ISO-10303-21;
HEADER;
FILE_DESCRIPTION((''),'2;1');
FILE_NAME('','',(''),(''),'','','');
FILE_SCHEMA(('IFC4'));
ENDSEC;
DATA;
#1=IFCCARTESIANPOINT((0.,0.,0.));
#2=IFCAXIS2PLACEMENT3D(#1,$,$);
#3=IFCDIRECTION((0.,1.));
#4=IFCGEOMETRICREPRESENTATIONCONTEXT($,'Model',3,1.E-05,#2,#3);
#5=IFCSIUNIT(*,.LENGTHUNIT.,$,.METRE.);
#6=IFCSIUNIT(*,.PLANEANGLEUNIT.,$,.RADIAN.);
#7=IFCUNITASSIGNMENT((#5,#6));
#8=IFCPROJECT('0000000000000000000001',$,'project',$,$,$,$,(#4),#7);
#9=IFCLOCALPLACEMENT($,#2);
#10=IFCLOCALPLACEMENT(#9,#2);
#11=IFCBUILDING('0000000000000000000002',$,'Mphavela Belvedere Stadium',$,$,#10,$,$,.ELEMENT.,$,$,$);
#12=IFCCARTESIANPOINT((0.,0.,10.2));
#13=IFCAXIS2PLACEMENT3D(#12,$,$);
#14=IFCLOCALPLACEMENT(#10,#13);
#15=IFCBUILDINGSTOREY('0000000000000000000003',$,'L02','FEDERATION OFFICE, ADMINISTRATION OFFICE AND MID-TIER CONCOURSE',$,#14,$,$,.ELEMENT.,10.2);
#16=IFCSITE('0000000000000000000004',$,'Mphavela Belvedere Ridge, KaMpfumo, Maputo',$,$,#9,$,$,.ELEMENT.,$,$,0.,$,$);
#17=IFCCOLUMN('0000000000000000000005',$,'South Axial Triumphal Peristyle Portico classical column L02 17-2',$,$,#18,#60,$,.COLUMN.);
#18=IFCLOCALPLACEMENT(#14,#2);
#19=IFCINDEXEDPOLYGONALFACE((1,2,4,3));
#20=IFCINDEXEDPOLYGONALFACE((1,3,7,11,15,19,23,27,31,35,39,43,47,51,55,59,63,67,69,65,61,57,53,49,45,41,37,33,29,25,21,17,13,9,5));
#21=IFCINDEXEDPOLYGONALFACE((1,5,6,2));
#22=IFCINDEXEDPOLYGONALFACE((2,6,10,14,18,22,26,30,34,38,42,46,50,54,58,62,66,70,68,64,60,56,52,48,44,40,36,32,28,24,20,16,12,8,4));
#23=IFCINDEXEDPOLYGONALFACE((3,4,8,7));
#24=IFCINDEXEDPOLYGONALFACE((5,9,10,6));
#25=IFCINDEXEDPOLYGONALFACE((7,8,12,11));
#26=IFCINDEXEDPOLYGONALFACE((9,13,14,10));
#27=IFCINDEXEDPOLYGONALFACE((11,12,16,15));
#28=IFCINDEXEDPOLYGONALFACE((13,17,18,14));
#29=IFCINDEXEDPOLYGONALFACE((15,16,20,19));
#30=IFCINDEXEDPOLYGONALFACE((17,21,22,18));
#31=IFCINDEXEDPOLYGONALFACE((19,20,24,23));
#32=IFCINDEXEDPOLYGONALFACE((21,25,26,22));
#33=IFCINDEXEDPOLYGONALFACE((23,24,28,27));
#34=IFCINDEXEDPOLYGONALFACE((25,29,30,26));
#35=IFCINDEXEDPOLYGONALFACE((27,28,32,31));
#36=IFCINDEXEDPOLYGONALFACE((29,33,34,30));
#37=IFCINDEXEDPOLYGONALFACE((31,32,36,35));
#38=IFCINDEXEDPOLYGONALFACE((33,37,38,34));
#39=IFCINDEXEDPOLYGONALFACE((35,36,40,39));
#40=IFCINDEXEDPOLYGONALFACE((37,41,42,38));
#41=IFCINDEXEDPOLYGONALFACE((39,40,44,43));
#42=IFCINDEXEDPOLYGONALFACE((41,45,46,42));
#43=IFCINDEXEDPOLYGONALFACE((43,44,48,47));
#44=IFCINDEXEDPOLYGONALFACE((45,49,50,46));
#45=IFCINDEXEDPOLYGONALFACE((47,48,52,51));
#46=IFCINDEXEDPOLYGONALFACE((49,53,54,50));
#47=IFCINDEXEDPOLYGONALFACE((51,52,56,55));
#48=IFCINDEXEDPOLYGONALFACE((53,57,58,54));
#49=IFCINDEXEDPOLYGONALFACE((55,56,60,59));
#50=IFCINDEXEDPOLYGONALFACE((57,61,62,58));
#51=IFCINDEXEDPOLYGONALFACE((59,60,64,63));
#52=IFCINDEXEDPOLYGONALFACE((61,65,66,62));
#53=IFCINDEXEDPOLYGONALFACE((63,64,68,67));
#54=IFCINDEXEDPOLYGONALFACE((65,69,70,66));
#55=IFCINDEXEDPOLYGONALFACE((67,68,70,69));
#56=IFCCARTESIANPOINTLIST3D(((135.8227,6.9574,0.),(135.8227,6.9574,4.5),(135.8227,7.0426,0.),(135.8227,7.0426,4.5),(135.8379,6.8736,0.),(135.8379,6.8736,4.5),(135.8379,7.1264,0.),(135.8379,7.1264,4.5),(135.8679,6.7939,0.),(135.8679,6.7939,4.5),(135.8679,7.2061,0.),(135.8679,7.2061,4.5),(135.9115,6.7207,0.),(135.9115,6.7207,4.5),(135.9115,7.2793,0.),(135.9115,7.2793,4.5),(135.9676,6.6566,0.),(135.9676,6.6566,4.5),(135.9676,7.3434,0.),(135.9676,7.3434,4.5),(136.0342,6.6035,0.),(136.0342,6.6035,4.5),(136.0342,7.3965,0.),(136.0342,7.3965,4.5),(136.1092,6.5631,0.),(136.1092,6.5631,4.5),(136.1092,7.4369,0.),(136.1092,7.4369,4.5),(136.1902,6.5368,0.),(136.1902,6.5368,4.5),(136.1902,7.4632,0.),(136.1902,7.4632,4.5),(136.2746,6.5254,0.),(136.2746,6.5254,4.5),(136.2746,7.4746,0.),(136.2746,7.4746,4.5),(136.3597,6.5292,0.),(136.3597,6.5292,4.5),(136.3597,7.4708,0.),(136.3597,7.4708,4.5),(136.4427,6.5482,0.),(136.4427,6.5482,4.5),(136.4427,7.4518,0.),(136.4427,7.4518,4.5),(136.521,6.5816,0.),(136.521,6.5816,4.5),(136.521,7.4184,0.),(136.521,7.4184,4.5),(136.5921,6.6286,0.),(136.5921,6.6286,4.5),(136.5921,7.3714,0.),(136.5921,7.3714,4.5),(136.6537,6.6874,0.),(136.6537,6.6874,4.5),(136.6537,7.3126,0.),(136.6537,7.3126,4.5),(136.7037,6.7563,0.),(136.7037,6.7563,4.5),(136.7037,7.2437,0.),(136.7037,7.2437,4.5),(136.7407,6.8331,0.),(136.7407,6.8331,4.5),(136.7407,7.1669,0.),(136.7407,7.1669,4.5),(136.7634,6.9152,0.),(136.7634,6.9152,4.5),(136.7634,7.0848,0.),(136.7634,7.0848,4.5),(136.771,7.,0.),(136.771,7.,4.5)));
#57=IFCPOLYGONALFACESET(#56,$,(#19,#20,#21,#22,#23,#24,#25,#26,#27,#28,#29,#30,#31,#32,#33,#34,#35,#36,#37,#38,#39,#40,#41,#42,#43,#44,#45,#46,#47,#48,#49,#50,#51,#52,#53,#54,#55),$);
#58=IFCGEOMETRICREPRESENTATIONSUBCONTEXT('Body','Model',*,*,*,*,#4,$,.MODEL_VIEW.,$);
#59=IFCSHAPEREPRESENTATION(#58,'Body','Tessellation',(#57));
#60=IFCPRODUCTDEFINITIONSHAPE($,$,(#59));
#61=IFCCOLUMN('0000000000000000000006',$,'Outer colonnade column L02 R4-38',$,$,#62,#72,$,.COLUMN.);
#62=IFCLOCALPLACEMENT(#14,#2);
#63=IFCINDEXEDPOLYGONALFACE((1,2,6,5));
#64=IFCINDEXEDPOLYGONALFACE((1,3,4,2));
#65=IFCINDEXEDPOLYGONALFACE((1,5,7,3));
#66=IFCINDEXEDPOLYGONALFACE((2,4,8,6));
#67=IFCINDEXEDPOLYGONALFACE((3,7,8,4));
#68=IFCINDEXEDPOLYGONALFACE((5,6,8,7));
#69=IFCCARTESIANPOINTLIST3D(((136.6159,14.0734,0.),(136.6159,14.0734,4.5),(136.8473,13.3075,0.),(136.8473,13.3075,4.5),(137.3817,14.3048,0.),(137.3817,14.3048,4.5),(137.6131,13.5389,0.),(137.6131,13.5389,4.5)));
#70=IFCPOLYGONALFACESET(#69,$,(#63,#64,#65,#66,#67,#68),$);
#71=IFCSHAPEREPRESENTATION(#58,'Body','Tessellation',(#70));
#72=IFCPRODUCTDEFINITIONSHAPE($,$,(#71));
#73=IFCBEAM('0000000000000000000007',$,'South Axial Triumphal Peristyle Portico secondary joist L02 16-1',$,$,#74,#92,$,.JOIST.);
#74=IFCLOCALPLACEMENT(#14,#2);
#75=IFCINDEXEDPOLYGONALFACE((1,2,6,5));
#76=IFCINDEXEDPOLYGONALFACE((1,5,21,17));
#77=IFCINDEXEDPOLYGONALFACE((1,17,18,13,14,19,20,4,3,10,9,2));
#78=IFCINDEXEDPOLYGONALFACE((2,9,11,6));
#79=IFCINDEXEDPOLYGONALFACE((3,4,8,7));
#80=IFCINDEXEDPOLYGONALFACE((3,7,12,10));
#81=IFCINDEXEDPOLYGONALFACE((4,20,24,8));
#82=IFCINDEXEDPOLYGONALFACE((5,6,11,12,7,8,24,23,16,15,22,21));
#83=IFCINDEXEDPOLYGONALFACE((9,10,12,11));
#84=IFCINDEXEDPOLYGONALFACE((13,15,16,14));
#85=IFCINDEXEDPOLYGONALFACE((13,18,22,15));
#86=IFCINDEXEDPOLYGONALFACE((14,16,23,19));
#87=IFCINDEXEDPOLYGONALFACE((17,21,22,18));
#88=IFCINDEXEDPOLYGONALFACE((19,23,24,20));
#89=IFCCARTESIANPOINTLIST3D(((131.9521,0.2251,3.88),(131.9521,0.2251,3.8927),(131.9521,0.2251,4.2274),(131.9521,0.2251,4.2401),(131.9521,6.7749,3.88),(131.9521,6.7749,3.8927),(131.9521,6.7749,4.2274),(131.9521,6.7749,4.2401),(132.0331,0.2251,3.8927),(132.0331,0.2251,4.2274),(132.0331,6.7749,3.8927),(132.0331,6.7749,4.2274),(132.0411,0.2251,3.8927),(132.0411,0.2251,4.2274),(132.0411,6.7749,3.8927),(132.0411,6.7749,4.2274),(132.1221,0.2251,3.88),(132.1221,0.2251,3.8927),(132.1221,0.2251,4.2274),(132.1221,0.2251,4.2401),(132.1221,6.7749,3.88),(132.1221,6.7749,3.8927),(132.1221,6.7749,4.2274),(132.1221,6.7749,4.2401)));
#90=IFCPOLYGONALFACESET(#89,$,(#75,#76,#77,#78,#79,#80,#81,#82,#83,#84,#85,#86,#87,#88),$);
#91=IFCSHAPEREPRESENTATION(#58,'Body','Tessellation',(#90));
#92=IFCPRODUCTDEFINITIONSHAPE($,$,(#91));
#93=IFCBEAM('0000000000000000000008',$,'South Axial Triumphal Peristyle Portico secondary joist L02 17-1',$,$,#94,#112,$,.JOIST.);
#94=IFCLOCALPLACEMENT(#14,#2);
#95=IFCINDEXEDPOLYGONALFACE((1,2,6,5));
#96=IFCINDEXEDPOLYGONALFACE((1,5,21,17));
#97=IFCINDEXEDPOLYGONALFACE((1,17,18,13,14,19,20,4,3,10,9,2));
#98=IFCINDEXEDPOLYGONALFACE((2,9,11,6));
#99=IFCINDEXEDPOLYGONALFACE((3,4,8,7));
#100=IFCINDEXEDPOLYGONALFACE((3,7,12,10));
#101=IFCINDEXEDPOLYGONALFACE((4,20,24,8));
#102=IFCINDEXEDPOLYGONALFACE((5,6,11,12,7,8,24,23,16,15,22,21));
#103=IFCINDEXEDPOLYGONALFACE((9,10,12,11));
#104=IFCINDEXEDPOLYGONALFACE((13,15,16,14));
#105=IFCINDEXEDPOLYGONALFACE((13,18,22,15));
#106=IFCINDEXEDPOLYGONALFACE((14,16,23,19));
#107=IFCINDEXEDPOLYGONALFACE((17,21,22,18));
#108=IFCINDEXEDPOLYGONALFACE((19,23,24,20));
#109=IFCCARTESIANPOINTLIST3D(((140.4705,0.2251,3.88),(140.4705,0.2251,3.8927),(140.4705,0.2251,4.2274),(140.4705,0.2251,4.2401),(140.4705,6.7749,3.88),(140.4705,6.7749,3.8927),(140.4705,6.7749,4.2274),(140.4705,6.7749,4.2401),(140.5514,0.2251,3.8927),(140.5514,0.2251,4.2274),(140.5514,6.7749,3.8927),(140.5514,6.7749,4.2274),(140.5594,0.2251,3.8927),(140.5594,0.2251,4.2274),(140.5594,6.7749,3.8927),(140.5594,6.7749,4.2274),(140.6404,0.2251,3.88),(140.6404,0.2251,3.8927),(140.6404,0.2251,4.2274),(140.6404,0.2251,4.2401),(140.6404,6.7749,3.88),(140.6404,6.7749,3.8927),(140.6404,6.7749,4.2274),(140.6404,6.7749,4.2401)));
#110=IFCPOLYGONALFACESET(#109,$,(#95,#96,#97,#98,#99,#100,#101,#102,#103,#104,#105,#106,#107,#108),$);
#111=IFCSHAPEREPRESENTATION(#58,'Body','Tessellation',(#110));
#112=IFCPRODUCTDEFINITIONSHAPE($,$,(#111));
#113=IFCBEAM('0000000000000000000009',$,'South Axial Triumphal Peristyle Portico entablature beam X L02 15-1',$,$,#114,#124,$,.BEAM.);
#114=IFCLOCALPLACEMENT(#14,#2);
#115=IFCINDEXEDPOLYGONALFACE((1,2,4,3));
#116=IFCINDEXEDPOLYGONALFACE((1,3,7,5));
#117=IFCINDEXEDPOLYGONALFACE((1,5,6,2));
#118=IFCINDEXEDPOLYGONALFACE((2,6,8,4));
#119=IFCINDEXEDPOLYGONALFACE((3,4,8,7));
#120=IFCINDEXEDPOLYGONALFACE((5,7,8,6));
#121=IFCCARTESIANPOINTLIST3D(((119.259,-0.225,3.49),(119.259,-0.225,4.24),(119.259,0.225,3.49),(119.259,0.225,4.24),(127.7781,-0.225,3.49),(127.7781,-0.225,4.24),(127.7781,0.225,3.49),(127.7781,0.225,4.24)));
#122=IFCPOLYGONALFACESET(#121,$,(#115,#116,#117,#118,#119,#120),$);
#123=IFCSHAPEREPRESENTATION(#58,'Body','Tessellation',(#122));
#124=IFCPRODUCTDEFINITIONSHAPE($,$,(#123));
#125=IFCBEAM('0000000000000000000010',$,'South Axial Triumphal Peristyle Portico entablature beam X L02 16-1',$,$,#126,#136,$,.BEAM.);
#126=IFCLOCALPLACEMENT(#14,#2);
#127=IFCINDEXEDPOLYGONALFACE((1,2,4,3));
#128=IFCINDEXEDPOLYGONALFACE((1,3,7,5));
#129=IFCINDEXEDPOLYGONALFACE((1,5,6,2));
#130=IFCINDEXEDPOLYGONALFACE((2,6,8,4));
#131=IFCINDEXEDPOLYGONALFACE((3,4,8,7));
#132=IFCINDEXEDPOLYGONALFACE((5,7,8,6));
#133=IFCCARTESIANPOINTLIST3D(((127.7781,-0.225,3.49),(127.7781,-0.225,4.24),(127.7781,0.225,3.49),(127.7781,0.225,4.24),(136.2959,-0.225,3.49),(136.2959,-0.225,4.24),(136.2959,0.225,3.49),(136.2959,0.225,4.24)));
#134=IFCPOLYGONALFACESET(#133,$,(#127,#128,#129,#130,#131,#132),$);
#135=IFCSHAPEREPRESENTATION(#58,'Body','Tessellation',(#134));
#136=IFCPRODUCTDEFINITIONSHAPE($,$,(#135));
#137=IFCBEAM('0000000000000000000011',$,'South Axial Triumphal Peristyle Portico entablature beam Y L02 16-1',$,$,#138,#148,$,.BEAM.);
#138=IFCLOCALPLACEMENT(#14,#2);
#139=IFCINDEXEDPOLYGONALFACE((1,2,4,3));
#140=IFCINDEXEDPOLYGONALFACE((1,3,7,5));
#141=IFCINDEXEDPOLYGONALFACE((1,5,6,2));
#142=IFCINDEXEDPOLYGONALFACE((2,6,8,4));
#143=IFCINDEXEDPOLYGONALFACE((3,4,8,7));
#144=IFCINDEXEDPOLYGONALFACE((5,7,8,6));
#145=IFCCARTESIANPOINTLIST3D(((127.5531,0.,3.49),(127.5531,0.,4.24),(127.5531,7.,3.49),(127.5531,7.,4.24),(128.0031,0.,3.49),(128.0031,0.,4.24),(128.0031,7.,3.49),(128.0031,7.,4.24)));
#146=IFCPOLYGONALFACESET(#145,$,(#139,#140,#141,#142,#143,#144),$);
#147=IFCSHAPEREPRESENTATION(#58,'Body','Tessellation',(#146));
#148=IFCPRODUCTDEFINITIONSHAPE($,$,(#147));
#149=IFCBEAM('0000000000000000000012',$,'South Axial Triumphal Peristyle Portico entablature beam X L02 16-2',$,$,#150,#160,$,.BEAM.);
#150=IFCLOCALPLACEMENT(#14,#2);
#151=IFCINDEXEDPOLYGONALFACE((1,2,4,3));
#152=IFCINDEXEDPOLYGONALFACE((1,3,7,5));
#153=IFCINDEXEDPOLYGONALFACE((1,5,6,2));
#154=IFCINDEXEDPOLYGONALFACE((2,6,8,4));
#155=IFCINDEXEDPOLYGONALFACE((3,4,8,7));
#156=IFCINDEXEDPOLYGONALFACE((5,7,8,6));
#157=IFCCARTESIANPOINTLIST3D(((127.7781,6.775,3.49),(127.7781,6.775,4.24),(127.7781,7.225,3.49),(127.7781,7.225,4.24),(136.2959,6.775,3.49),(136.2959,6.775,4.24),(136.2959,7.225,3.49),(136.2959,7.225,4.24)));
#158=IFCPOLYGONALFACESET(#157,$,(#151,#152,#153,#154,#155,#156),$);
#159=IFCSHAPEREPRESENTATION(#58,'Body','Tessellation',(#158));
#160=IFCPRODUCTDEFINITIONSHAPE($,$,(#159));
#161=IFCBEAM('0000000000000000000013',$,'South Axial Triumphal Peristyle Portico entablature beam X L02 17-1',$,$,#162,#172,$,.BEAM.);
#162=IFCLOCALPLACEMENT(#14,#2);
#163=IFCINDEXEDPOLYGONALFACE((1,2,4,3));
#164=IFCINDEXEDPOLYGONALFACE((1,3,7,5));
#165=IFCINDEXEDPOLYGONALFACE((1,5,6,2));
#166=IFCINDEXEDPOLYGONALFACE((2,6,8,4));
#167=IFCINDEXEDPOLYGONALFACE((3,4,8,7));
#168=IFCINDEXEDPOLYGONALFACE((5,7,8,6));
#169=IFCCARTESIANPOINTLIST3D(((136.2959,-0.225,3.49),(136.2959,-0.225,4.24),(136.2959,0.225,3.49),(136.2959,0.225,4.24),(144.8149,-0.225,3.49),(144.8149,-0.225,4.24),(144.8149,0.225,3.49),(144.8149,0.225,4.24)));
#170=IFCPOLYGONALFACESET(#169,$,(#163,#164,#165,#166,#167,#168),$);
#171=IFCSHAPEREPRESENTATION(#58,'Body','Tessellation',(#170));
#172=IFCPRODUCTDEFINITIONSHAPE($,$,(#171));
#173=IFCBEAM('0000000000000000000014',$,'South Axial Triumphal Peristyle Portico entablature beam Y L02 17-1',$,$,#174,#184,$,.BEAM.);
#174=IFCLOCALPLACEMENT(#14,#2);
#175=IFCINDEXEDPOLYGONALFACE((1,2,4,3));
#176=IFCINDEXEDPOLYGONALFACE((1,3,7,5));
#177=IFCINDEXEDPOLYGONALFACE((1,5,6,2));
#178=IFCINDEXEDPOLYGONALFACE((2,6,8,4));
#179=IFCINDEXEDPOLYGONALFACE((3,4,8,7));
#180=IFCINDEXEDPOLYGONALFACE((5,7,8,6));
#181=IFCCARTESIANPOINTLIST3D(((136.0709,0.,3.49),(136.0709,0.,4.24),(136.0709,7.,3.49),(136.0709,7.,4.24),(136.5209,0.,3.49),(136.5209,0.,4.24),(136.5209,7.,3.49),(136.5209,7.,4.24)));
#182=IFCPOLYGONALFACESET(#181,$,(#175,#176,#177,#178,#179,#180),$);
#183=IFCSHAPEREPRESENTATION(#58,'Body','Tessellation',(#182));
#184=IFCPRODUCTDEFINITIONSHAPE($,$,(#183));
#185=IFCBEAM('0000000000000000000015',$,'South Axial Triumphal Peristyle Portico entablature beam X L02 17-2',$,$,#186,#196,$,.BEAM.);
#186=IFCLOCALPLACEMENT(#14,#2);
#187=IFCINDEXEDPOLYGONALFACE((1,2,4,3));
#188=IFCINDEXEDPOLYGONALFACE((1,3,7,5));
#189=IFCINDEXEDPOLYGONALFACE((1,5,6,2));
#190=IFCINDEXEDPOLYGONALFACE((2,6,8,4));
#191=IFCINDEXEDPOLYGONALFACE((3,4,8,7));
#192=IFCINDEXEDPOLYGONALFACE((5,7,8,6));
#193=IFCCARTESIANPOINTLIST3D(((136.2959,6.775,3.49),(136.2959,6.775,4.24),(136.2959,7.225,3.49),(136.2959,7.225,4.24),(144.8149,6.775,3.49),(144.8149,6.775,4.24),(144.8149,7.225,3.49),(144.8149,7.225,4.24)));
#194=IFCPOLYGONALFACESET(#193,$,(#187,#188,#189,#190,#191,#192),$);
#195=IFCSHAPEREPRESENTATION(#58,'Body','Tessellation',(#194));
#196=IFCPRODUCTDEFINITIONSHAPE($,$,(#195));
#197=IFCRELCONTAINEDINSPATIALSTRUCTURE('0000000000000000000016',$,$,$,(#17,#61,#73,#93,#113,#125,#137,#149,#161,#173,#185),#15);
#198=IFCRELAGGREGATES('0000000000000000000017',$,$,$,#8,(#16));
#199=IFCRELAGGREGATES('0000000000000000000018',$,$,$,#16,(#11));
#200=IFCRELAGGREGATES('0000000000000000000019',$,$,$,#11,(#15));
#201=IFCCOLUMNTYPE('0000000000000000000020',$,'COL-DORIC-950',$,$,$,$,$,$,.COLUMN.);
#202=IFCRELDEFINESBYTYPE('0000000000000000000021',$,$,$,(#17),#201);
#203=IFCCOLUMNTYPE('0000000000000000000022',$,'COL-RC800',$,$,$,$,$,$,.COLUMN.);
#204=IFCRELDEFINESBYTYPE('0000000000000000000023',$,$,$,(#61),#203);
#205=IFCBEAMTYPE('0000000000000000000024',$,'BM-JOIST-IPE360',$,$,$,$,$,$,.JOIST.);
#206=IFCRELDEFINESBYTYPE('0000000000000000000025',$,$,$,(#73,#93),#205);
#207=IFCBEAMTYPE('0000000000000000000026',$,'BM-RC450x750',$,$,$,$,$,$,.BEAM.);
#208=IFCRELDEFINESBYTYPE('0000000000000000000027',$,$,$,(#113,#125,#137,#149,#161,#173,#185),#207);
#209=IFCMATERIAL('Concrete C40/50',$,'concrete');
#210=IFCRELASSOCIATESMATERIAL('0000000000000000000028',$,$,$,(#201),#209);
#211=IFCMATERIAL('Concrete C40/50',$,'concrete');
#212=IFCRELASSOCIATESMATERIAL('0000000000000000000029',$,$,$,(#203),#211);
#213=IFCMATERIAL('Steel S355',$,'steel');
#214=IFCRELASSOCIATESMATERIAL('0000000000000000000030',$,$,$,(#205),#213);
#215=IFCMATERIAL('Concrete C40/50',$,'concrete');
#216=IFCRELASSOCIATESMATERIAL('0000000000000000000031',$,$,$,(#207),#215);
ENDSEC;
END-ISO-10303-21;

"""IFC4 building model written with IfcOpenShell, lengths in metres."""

from ifc_helpers import new_model, si_unit, direction, frame, origin, origin_2d, place, context, subcontext, project, spatial, rectangle, circle, i_section, extrude, material, material_profile, profile_set, type_object, element, save


model = new_model("IFC4")

# Units and contexts
model_context = context("Model", 3, precision=1e-05, world=origin(), true_north=direction((0.0, 1.0)))
body_context = subcontext(model_context, "Body", "Model", "MODEL_VIEW")
ifc_project = project(units=[si_unit("LENGTHUNIT", "METRE"), si_unit("PLANEANGLEUNIT", "RADIAN")], contexts=[model_context])

# Site, building, storey
site_placement = place(None, origin())
site = spatial("IfcSite", under=ifc_project, at=site_placement, Name="Mphavela Belvedere Ridge, KaMpfumo, Maputo", CompositionType="ELEMENT", RefElevation=0.0)
building_placement = place(site_placement, origin())
building = spatial("IfcBuilding", under=site, at=building_placement, Name="Mphavela Belvedere Stadium", CompositionType="ELEMENT")
storey_placement = place(building_placement, frame((0.0, 0.0, 10.2)))
storey = spatial("IfcBuildingStorey", under=building, at=storey_placement, Name="L02", Description="FEDERATION OFFICE, ADMINISTRATION OFFICE AND MID-TIER CONCOURSE", CompositionType="ELEMENT", Elevation=10.2)

# Columns
ifc_material_1 = material(Name="Concrete C40/50", Category="concrete")
ifc_material_profile_1 = material_profile(ifc_material_1, circle(Radius=0.4751, at=origin_2d()), Name="COL D950")
ifc_profile_set_1 = profile_set([ifc_material_profile_1], Name="Concrete C40/50")
column_type_1 = type_object("IfcColumnType", Name="COL-DORIC-950", PredefinedType="COLUMN", material=ifc_profile_set_1)
for number, where, z_axis, x_axis, name in (
    (1, (136.2959, 7.0, 0.0), (0.0, 0.0, 1.0), (1.0, 0.0, 0.0), "South Axial Triumphal Peristyle Portico classical column L02 17-2"),
):
    element("IfcColumn", number, at=place(storey_placement, frame(where, z_axis=z_axis, x_axis=x_axis)), inside=storey, type_object=column_type_1, Name=name, PredefinedType="COLUMN", context=body_context, shape_type="SweptSolid", body=[
        extrude(circle(Radius=0.4751, at=origin_2d()), origin(), (0.0, 0.0, 1.0), 4.5),
    ])
ifc_material_2 = material(Name="Concrete C40/50", Category="concrete")
ifc_material_profile_2 = material_profile(ifc_material_2, rectangle(XDim=0.8, YDim=0.8, at=origin_2d()), Name="RC 800x800")
ifc_profile_set_2 = profile_set([ifc_material_profile_2], Name="Concrete C40/50")
column_type_2 = type_object("IfcColumnType", Name="COL-RC800", PredefinedType="COLUMN", material=ifc_profile_set_2)
column_placement = place(storey_placement, frame((137.1145, 13.8062, 0.0), z_axis=(0.0, 0.0, 1.0), x_axis=(0.289199, -0.957269, 0.0)))
element("IfcColumn", 2, at=column_placement, inside=storey, type_object=column_type_2, Name="Outer colonnade column L02 R4-38", PredefinedType="COLUMN", context=body_context, shape_type="SweptSolid", body=[
    extrude(rectangle(XDim=0.8, YDim=0.8, at=origin_2d()), origin(), (0.0, 0.0, 1.0), 4.5),
])

# Beams
ifc_material_3 = material(Name="Steel S355", Category="steel")
ifc_material_profile_3 = material_profile(ifc_material_3, i_section(OverallWidth=0.1699, OverallDepth=0.3601, WebThickness=0.0081, FlangeThickness=0.0127, at=origin_2d()), Name="IPE 360")
ifc_profile_set_3 = profile_set([ifc_material_profile_3], Name="Steel S355")
beam_type_1 = type_object("IfcBeamType", Name="BM-JOIST-IPE360", PredefinedType="JOIST", material=ifc_profile_set_3)
for number, where, z_axis, x_axis, name in (
    (3, (132.0371, 0.2251, 4.0601), (0.0, 1.0, 0.0), (-1.0, 0.0, 0.0), "South Axial Triumphal Peristyle Portico secondary joist L02 16-1"),
    (4, (140.5554, 0.2251, 4.0601), (0.0, 1.0, 0.0), (-1.0, 0.0, 0.0), "South Axial Triumphal Peristyle Portico secondary joist L02 17-1"),
):
    element("IfcBeam", number, at=place(storey_placement, frame(where, z_axis=z_axis, x_axis=x_axis)), inside=storey, type_object=beam_type_1, Name=name, PredefinedType="JOIST", context=body_context, shape_type="SweptSolid", body=[
        extrude(i_section(OverallWidth=0.1699, OverallDepth=0.3601, WebThickness=0.0081, FlangeThickness=0.0127, at=origin_2d()), origin(), (0.0, 0.0, 1.0), 6.5498),
    ])
ifc_material_4 = material(Name="Concrete C40/50", Category="concrete")
ifc_material_profile_4 = material_profile(ifc_material_4, rectangle(XDim=0.45, YDim=0.75, at=origin_2d()), Name="RC 450x750")
ifc_profile_set_4 = profile_set([ifc_material_profile_4], Name="Concrete C40/50")
beam_type_2 = type_object("IfcBeamType", Name="BM-RC450x750", PredefinedType="BEAM", material=ifc_profile_set_4)
beam_1_placement = place(storey_placement, frame((119.259, 0.0, 3.865), z_axis=(1.0, 0.0, 0.0), x_axis=(0.0, 1.0, 0.0)))
element("IfcBeam", 5, at=beam_1_placement, inside=storey, type_object=beam_type_2, Name="South Axial Triumphal Peristyle Portico entablature beam X L02 15-1", PredefinedType="BEAM", context=body_context, shape_type="SweptSolid", body=[
    extrude(rectangle(XDim=0.45, YDim=0.75, at=origin_2d()), origin(), (0.0, 0.0, 1.0), 8.519),
])
beam_2_placement = place(storey_placement, frame((127.7781, 0.0, 3.865), z_axis=(1.0, 0.0, 0.0), x_axis=(0.0, 1.0, 0.0)))
element("IfcBeam", 6, at=beam_2_placement, inside=storey, type_object=beam_type_2, Name="South Axial Triumphal Peristyle Portico entablature beam X L02 16-1", PredefinedType="BEAM", context=body_context, shape_type="SweptSolid", body=[
    extrude(rectangle(XDim=0.45, YDim=0.75, at=origin_2d()), origin(), (0.0, 0.0, 1.0), 8.5178),
])
beam_3_placement = place(storey_placement, frame((127.7781, 0.0, 3.865), z_axis=(0.0, 1.0, 0.0), x_axis=(-1.0, 0.0, 0.0)))
element("IfcBeam", 7, at=beam_3_placement, inside=storey, type_object=beam_type_2, Name="South Axial Triumphal Peristyle Portico entablature beam Y L02 16-1", PredefinedType="BEAM", context=body_context, shape_type="SweptSolid", body=[
    extrude(rectangle(XDim=0.45, YDim=0.75, at=origin_2d()), origin(), (0.0, 0.0, 1.0), 7.0),
])
beam_4_placement = place(storey_placement, frame((127.7781, 7.0, 3.865), z_axis=(1.0, 0.0, 0.0), x_axis=(0.0, 1.0, 0.0)))
element("IfcBeam", 8, at=beam_4_placement, inside=storey, type_object=beam_type_2, Name="South Axial Triumphal Peristyle Portico entablature beam X L02 16-2", PredefinedType="BEAM", context=body_context, shape_type="SweptSolid", body=[
    extrude(rectangle(XDim=0.45, YDim=0.75, at=origin_2d()), origin(), (0.0, 0.0, 1.0), 8.5178),
])
beam_5_placement = place(storey_placement, frame((136.2959, 0.0, 3.865), z_axis=(1.0, 0.0, 0.0), x_axis=(0.0, 1.0, 0.0)))
element("IfcBeam", 9, at=beam_5_placement, inside=storey, type_object=beam_type_2, Name="South Axial Triumphal Peristyle Portico entablature beam X L02 17-1", PredefinedType="BEAM", context=body_context, shape_type="SweptSolid", body=[
    extrude(rectangle(XDim=0.45, YDim=0.75, at=origin_2d()), origin(), (0.0, 0.0, 1.0), 8.519),
])
beam_6_placement = place(storey_placement, frame((136.2959, 0.0, 3.865), z_axis=(0.0, 1.0, 0.0), x_axis=(-1.0, 0.0, 0.0)))
element("IfcBeam", 10, at=beam_6_placement, inside=storey, type_object=beam_type_2, Name="South Axial Triumphal Peristyle Portico entablature beam Y L02 17-1", PredefinedType="BEAM", context=body_context, shape_type="SweptSolid", body=[
    extrude(rectangle(XDim=0.45, YDim=0.75, at=origin_2d()), origin(), (0.0, 0.0, 1.0), 7.0),
])
beam_7_placement = place(storey_placement, frame((136.2959, 7.0, 3.865), z_axis=(1.0, 0.0, 0.0), x_axis=(0.0, 1.0, 0.0)))
element("IfcBeam", 11, at=beam_7_placement, inside=storey, type_object=beam_type_2, Name="South Axial Triumphal Peristyle Portico entablature beam X L02 17-2", PredefinedType="BEAM", context=body_context, shape_type="SweptSolid", body=[
    extrude(rectangle(XDim=0.45, YDim=0.75, at=origin_2d()), origin(), (0.0, 0.0, 1.0), 8.519),
])

save(model, "model.ifc")
